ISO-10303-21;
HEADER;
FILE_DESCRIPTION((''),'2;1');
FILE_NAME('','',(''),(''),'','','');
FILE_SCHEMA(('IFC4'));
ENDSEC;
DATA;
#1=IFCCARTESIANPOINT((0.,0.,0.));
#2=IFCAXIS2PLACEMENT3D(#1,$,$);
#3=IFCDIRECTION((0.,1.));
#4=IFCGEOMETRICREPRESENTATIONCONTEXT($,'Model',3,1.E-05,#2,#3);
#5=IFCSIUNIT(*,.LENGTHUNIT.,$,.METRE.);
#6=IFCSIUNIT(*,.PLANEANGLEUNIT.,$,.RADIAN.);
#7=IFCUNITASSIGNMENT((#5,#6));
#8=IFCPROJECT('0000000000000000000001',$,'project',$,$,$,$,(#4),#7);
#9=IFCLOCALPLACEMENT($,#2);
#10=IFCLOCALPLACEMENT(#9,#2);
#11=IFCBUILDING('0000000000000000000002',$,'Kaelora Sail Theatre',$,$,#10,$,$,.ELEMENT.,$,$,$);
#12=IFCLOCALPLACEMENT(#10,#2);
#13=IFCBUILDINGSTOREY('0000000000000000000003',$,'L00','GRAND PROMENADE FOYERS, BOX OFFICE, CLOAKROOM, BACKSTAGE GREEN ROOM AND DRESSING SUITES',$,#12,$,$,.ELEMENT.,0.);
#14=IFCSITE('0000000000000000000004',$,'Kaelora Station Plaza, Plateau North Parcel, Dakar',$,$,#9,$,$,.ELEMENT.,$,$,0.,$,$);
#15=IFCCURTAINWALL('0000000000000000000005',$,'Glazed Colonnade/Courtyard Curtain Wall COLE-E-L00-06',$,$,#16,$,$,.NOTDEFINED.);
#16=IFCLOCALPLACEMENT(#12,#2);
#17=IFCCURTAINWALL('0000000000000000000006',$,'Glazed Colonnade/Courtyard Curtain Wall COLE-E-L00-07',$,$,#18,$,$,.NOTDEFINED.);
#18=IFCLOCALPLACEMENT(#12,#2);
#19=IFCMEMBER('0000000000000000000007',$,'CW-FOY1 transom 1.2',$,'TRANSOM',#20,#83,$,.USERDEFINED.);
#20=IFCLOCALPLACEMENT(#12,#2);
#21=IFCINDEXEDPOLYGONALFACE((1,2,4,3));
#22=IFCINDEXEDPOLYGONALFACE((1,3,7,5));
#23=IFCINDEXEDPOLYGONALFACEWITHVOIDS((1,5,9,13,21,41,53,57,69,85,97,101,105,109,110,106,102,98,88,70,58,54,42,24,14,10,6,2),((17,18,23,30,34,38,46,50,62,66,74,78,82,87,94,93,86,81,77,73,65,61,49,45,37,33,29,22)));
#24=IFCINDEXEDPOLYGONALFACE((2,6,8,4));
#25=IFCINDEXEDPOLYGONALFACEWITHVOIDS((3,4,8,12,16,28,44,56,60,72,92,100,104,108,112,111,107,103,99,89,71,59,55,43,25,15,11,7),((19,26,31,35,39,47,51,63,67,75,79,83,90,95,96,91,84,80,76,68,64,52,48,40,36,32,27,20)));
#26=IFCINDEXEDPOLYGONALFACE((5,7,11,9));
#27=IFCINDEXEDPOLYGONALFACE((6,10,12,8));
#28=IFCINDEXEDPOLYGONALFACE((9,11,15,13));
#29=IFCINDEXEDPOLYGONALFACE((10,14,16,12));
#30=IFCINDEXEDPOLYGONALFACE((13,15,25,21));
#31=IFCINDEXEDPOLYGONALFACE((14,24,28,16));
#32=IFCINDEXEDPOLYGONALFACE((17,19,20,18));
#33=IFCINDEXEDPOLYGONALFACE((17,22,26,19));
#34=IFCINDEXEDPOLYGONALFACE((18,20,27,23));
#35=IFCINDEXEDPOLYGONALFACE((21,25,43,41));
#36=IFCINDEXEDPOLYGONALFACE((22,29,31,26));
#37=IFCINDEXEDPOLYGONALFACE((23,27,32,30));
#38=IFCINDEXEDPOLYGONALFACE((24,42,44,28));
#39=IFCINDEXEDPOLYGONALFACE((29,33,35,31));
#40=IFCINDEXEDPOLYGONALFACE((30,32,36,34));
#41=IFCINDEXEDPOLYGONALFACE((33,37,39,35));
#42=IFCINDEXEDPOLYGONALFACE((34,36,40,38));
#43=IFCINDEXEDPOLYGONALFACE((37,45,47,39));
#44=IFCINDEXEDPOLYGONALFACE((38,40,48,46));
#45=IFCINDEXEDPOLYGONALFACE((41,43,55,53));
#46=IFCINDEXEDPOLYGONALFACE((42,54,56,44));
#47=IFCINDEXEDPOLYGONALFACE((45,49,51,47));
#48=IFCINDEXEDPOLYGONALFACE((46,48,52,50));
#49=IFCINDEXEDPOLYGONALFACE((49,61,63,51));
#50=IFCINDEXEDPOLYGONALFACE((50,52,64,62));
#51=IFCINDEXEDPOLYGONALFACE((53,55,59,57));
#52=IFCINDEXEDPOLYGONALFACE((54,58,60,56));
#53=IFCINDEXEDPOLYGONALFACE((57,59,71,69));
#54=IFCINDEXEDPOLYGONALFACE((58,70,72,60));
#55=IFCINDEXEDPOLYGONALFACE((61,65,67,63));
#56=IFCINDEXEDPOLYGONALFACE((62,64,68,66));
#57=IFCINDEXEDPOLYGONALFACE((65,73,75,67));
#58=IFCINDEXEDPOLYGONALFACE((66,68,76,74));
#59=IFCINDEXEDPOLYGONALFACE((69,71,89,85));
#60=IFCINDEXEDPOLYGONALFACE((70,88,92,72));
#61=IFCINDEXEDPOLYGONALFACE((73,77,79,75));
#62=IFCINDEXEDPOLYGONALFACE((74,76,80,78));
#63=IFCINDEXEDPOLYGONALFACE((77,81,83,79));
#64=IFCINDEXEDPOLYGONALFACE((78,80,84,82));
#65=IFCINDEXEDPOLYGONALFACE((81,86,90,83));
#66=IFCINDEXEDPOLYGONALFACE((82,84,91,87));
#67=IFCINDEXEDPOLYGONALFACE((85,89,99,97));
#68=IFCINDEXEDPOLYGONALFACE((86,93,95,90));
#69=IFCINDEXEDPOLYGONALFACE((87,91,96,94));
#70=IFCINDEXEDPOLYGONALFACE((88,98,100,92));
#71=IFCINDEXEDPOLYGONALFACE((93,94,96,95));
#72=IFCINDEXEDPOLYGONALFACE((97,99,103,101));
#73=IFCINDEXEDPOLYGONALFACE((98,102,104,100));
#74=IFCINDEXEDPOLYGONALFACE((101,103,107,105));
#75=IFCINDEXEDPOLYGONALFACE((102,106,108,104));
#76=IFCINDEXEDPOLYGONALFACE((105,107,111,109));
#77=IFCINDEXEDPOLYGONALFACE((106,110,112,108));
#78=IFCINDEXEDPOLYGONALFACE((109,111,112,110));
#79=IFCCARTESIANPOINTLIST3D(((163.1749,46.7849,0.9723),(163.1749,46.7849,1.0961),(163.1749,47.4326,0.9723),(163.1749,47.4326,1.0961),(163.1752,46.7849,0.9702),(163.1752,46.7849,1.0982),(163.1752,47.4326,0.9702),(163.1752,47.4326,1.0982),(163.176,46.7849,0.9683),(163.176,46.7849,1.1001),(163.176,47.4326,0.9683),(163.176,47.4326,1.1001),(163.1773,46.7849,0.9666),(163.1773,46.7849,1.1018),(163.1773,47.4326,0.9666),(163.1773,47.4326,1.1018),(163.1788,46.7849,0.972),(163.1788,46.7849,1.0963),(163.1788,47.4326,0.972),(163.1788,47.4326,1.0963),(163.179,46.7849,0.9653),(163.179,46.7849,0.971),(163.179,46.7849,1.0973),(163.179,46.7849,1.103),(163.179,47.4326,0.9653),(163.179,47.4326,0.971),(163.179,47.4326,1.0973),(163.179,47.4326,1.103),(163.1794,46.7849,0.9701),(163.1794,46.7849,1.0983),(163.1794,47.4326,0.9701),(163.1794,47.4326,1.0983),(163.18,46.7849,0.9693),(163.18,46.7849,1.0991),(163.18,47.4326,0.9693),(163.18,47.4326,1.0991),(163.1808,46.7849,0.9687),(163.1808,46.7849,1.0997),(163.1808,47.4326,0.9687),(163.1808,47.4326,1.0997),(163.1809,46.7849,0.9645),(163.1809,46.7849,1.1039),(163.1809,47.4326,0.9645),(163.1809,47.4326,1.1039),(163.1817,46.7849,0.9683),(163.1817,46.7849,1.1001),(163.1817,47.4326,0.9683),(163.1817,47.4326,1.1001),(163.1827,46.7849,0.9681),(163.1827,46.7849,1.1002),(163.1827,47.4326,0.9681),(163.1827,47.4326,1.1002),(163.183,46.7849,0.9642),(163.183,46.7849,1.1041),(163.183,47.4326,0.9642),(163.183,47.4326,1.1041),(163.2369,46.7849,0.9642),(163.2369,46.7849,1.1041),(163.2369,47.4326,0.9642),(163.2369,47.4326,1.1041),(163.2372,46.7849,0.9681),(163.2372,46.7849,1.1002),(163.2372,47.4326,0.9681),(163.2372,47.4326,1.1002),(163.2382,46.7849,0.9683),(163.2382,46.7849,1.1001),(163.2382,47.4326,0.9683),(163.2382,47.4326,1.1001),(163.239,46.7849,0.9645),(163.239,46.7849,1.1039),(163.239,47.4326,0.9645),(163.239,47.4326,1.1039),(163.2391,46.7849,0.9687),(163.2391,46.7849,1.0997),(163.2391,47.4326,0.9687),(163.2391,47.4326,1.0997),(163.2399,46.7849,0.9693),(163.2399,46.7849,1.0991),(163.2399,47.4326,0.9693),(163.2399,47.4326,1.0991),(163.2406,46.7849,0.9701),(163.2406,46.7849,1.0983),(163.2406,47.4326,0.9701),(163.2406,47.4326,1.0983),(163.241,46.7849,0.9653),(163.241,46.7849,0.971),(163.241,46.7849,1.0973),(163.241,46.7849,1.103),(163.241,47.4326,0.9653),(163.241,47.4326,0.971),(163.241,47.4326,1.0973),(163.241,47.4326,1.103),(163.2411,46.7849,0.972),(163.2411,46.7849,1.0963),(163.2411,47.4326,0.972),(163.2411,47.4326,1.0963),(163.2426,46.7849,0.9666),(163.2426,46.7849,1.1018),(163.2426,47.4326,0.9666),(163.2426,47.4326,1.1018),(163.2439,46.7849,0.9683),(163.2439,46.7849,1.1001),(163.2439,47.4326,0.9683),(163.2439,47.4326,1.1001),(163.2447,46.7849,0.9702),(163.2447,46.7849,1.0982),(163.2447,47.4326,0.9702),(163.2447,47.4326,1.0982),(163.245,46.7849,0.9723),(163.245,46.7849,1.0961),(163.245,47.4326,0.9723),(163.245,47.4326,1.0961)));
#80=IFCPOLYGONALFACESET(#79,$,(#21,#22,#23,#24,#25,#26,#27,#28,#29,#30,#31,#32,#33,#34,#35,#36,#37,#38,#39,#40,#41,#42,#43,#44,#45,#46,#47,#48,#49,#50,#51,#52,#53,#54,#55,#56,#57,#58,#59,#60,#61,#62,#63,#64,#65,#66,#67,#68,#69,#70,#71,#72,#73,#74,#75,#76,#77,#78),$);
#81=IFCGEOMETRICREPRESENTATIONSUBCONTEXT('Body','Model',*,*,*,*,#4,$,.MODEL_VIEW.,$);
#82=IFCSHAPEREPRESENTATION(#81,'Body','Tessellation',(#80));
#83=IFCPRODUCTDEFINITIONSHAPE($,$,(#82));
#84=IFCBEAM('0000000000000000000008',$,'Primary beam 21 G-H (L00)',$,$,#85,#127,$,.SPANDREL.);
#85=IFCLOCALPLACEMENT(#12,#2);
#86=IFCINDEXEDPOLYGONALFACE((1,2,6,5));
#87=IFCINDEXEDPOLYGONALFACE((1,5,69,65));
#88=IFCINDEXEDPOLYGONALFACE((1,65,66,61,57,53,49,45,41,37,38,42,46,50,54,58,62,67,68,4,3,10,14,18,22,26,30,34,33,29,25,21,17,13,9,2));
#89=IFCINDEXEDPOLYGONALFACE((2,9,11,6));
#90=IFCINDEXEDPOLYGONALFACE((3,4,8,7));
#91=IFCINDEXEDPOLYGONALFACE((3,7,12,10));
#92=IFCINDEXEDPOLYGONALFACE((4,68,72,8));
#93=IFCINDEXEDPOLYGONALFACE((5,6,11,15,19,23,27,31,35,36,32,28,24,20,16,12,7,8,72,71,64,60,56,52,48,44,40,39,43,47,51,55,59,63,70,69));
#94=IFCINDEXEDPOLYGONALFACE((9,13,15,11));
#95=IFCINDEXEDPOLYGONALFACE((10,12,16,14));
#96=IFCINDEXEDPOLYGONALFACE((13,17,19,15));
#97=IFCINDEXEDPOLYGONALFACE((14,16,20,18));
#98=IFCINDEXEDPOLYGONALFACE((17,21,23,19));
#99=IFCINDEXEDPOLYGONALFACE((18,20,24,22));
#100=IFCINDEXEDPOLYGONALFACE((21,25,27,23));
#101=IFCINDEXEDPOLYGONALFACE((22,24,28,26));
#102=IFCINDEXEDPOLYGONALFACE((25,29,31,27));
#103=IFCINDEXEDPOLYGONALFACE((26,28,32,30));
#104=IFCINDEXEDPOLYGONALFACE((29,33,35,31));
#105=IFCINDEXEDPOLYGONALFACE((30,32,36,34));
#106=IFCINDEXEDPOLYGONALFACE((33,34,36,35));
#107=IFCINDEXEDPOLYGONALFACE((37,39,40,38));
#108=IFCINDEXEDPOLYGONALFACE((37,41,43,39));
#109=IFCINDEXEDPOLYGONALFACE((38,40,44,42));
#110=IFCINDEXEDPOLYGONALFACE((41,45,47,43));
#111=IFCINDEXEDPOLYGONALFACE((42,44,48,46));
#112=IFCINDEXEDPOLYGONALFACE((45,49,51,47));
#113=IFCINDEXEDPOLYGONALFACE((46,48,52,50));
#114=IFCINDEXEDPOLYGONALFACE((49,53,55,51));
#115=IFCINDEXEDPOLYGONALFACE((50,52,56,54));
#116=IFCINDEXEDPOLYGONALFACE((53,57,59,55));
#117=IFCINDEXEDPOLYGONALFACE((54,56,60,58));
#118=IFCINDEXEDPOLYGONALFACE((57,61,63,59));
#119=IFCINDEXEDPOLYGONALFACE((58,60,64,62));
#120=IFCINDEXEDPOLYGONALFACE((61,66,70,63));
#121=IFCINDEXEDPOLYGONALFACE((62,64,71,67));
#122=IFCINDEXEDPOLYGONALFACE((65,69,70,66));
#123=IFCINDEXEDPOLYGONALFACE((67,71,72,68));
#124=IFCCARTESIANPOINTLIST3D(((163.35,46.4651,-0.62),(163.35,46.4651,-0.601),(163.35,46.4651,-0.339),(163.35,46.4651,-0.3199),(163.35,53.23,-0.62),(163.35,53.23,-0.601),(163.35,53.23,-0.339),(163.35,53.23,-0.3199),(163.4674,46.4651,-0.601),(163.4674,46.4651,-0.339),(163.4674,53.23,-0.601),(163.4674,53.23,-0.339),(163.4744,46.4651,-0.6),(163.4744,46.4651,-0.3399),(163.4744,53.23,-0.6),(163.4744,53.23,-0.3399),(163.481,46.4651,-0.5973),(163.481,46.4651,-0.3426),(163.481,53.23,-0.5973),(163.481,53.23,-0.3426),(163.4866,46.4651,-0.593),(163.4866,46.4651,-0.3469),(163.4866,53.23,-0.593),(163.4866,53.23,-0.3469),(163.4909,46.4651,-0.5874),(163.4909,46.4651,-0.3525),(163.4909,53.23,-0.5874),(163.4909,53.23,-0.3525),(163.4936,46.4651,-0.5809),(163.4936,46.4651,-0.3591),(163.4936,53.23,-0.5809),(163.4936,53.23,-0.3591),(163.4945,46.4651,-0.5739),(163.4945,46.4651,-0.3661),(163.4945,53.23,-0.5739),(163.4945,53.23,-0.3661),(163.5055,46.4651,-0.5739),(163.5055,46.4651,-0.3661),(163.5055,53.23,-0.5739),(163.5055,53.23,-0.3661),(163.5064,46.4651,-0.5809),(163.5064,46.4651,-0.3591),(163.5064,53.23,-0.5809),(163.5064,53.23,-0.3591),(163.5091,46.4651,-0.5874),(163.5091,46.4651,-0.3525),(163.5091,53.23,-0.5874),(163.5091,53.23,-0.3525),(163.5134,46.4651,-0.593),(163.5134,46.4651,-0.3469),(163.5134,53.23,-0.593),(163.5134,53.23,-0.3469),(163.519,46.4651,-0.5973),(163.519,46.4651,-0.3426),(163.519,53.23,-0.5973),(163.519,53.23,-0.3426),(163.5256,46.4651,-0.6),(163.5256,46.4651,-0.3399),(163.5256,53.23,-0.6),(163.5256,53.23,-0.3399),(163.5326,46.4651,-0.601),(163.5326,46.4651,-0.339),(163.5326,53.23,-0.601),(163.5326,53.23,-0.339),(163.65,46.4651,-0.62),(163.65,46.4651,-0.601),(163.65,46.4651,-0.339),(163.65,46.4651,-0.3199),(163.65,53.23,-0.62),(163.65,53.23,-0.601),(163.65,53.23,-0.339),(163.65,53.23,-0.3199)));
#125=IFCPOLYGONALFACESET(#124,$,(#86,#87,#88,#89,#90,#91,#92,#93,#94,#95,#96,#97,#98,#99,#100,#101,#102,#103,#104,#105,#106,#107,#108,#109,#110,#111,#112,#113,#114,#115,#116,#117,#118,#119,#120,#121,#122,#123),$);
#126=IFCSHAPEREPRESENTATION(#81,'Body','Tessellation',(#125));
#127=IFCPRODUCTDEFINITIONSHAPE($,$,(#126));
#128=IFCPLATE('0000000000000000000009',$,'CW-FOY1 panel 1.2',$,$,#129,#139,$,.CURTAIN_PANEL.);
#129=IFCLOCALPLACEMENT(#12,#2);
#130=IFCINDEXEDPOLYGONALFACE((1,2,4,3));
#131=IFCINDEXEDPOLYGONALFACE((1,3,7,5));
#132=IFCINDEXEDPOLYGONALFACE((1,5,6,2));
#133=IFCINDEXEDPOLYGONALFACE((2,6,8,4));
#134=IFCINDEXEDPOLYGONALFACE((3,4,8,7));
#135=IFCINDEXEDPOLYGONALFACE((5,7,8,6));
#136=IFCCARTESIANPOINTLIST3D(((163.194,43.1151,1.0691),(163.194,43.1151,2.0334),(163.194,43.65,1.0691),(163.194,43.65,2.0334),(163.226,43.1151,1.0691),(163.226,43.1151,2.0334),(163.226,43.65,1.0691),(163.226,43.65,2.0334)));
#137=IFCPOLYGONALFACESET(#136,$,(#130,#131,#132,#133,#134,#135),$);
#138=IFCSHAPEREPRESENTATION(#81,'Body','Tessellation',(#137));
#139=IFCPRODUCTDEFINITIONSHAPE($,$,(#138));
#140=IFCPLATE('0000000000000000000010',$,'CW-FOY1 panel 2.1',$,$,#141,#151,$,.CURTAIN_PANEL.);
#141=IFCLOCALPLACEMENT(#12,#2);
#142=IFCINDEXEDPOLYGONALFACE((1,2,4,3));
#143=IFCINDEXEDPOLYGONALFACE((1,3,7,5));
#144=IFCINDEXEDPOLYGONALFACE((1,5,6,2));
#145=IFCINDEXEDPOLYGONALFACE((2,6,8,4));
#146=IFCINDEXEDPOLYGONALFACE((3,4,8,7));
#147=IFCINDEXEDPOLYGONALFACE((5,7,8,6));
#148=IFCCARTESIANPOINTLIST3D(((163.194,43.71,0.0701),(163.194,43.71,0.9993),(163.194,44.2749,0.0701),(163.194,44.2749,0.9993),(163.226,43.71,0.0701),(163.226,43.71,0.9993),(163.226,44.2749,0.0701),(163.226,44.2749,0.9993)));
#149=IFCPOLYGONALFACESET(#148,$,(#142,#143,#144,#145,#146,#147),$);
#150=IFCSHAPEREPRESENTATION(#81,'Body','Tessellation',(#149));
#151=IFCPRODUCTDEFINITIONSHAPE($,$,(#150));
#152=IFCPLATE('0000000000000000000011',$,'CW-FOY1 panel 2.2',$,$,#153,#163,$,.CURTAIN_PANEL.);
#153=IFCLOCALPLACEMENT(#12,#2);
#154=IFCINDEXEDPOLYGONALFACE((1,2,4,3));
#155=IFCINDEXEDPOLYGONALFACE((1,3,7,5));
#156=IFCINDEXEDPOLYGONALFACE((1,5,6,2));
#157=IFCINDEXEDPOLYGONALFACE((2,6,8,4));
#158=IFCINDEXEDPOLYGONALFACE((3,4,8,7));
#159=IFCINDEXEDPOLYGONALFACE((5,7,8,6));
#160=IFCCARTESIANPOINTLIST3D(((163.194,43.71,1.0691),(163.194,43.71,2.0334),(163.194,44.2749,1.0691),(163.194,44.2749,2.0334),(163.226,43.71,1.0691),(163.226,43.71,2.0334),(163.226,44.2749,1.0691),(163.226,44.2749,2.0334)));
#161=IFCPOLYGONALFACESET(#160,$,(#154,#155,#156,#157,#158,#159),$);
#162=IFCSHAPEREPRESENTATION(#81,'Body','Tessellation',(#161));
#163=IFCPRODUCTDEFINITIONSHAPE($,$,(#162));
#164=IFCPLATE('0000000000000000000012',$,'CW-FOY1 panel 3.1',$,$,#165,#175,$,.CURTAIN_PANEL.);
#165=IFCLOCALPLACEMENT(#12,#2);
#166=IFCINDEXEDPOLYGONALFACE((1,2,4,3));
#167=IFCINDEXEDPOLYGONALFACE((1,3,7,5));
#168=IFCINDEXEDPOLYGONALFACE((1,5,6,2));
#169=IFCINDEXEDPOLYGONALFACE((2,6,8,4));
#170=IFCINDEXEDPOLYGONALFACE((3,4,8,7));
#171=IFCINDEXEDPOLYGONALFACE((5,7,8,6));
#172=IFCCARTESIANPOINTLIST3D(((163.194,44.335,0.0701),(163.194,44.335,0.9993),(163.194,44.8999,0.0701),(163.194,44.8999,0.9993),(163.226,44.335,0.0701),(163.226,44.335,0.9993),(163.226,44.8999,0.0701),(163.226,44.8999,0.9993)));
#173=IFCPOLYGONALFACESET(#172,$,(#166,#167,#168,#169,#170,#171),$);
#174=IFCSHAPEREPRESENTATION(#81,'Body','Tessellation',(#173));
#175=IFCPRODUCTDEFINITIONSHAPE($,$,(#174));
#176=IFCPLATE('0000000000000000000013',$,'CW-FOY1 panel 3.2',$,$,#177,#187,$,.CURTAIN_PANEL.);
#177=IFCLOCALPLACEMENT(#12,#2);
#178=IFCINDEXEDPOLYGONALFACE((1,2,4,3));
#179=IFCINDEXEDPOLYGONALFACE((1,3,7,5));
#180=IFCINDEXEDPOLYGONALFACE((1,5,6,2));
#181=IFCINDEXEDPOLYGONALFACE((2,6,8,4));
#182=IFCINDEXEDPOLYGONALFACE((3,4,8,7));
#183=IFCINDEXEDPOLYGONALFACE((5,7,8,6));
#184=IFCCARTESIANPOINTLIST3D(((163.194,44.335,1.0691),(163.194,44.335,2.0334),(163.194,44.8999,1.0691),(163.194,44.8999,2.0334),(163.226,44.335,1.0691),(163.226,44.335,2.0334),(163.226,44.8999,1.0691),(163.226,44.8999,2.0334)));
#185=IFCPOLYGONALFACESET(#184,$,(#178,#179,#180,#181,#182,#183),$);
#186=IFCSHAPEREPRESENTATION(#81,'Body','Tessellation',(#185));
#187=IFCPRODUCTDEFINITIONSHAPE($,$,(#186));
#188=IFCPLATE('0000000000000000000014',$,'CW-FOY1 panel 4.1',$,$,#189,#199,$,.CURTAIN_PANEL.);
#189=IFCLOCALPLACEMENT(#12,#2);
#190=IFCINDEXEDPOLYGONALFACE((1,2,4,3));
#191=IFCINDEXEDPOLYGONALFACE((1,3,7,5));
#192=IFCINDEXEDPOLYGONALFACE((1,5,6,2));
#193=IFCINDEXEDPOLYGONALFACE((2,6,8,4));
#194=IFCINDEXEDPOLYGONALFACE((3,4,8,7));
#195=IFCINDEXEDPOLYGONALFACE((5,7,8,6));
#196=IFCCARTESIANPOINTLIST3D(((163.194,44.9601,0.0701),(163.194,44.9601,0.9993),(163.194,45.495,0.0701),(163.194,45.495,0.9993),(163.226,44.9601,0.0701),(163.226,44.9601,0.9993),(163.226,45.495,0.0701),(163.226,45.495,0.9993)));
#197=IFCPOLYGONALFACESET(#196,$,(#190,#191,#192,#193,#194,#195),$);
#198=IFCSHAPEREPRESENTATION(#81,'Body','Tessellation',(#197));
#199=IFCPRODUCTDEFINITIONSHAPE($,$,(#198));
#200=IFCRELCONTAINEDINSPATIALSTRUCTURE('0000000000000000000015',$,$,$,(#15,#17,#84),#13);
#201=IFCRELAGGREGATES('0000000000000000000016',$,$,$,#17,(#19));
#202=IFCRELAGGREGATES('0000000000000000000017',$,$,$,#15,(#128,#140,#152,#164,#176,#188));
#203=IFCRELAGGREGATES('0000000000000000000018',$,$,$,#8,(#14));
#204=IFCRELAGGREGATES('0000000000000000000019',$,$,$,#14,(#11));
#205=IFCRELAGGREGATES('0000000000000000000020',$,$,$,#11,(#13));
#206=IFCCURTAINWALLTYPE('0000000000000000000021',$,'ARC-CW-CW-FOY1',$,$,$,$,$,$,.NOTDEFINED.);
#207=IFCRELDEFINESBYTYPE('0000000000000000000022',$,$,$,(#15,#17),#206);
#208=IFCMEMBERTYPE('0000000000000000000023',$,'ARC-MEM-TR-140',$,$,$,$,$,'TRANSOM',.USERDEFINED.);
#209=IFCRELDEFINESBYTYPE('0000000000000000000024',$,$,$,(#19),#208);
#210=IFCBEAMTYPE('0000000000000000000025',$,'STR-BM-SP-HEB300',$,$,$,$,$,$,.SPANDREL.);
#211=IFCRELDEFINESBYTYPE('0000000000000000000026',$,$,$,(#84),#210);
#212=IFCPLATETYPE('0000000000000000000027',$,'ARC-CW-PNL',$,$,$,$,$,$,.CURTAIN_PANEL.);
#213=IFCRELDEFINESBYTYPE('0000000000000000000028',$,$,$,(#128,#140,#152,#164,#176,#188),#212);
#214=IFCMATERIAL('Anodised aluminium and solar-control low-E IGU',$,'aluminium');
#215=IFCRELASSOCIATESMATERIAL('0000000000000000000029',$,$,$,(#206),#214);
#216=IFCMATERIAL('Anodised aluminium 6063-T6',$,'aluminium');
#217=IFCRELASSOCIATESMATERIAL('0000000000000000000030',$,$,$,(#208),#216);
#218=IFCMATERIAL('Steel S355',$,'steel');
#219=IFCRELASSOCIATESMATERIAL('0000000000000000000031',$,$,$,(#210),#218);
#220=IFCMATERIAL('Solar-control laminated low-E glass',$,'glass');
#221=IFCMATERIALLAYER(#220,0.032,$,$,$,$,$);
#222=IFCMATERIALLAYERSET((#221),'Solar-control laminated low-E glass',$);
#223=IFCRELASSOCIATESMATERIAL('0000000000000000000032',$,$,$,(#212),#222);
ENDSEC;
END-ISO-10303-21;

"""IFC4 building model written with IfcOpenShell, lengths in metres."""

from ifc_helpers import new_model, si_unit, direction, frame, origin, origin_2d, place, context, subcontext, project, spatial, rectangle, hollow_rectangle, i_section, extrude, material, layer, layer_set, material_profile, profile_set, type_object, element, aggregate, save


model = new_model("IFC4")

# Units and contexts
model_context = context("Model", 3, precision=1e-05, world=origin(), true_north=direction((0.0, 1.0)))
body_context = subcontext(model_context, "Body", "Model", "MODEL_VIEW")
ifc_project = project(units=[si_unit("LENGTHUNIT", "METRE"), si_unit("PLANEANGLEUNIT", "RADIAN")], contexts=[model_context])

# Site, building, storey
site_placement = place(None, origin())
site = spatial("IfcSite", under=ifc_project, at=site_placement, Name="Kaelora Station Plaza, Plateau North Parcel, Dakar", CompositionType="ELEMENT", RefElevation=0.0)
building_placement = place(site_placement, origin())
building = spatial("IfcBuilding", under=site, at=building_placement, Name="Kaelora Sail Theatre", CompositionType="ELEMENT")
storey_placement = place(building_placement, origin())
storey = spatial("IfcBuildingStorey", under=building, at=storey_placement, Name="L00", Description="GRAND PROMENADE FOYERS, BOX OFFICE, CLOAKROOM, BACKSTAGE GREEN ROOM AND DRESSING SUITES", CompositionType="ELEMENT", Elevation=0.0)

# Curtain wall
ifc_material_1 = material(Name="Anodised aluminium and solar-control low-E IGU", Category="aluminium")
curtain_wall_type = type_object("IfcCurtainWallType", Name="ARC-CW-CW-FOY1", PredefinedType="NOTDEFINED", material=ifc_material_1)
curtain_wall_1_placement = place(storey_placement, origin())
curtain_wall_1 = element("IfcCurtainWall", 1, at=curtain_wall_1_placement, inside=storey, type_object=curtain_wall_type, Name="Glazed Colonnade/Courtyard Curtain Wall COLE-E-L00-06", PredefinedType="NOTDEFINED")

# Curtain wall
curtain_wall_2_placement = place(storey_placement, origin())
curtain_wall_2 = element("IfcCurtainWall", 2, at=curtain_wall_2_placement, inside=storey, type_object=curtain_wall_type, Name="Glazed Colonnade/Courtyard Curtain Wall COLE-E-L00-07", PredefinedType="NOTDEFINED")

# Member
ifc_material_2 = material(Name="Anodised aluminium 6063-T6", Category="aluminium")
ifc_material_profile_1 = material_profile(ifc_material_2, hollow_rectangle(XDim=0.0701, YDim=0.1399, WallThickness=0.0039, InnerFilletRadius=0.0039, OuterFilletRadius=0.0081, at=origin_2d()), Name="ALU-TRAN 70x140x4")
ifc_profile_set_1 = profile_set([ifc_material_profile_1], Name="Anodised aluminium 6063-T6")
member_type_1 = type_object("IfcMemberType", Name="ARC-MEM-TR-140", ElementType="TRANSOM", PredefinedType="USERDEFINED", material=ifc_profile_set_1)
member_1_placement = place(storey_placement, frame((163.21, 46.7849, 1.0342), z_axis=(0.0, 1.0, 0.0), x_axis=(-1.0, 0.0, 0.0)))
member_1 = element("IfcMember", 3, at=member_1_placement, type_object=member_type_1, Name="CW-FOY1 transom 1.2", ObjectType="TRANSOM", PredefinedType="USERDEFINED", context=body_context, shape_type="SweptSolid", body=[
    extrude(hollow_rectangle(XDim=0.0701, YDim=0.1399, WallThickness=0.0039, InnerFilletRadius=0.0039, OuterFilletRadius=0.0081, at=origin_2d()), origin(), (0.0, 0.0, 1.0), 0.6477),
])
aggregate(curtain_wall_2, [member_1])

# Beam
ifc_material_3 = material(Name="Steel S355", Category="steel")
ifc_material_profile_2 = material_profile(ifc_material_3, i_section(OverallWidth=0.3, OverallDepth=0.3, WebThickness=0.011, FlangeThickness=0.019, FilletRadius=0.0271, at=origin_2d()), Name="HEB 300")
ifc_profile_set_2 = profile_set([ifc_material_profile_2], Name="Steel S355")
beam_type = type_object("IfcBeamType", Name="STR-BM-SP-HEB300", PredefinedType="SPANDREL", material=ifc_profile_set_2)
beam_placement = place(storey_placement, frame((163.5, 46.4651, -0.47), z_axis=(0.0, 1.0, 0.0), x_axis=(-1.0, 0.0, 0.0)))
element("IfcBeam", 4, at=beam_placement, inside=storey, type_object=beam_type, Name="Primary beam 21 G-H (L00)", PredefinedType="SPANDREL", context=body_context, shape_type="SweptSolid", body=[
    extrude(i_section(OverallWidth=0.3, OverallDepth=0.3, WebThickness=0.011, FlangeThickness=0.019, FilletRadius=0.0271, at=origin_2d()), origin(), (0.0, 0.0, 1.0), 6.7649),
])

# Plates
ifc_material_4 = material(Name="Solar-control laminated low-E glass", Category="glass")
ifc_layer = layer(ifc_material_4, 0.032)
ifc_layer_set = layer_set([ifc_layer], Name="Solar-control laminated low-E glass")
plate_type = type_object("IfcPlateType", Name="ARC-CW-PNL", PredefinedType="CURTAIN_PANEL", material=ifc_layer_set)
plate_1_placement = place(storey_placement, frame((163.21, 43.3826, 1.0691), z_axis=(0.0, 0.0, 1.0), x_axis=(0.0, 1.0, 0.0)))
plate_1 = element("IfcPlate", 5, at=plate_1_placement, type_object=plate_type, Name="CW-FOY1 panel 1.2", PredefinedType="CURTAIN_PANEL", context=body_context, shape_type="SweptSolid", body=[
    extrude(rectangle(XDim=0.5349, YDim=0.032, at=origin_2d()), origin(), (0.0, 0.0, 1.0), 0.9644),
])
plate_2_placement = place(storey_placement, frame((163.21, 43.9924, 0.0701), z_axis=(0.0, 0.0, 1.0), x_axis=(0.0, 1.0, 0.0)))
plate_2 = element("IfcPlate", 6, at=plate_2_placement, type_object=plate_type, Name="CW-FOY1 panel 2.1", PredefinedType="CURTAIN_PANEL", context=body_context, shape_type="SweptSolid", body=[
    extrude(rectangle(XDim=0.5649, YDim=0.032, at=origin_2d()), origin(), (0.0, 0.0, 1.0), 0.9292),
])
plate_3_placement = place(storey_placement, frame((163.21, 43.9924, 1.0691), z_axis=(0.0, 0.0, 1.0), x_axis=(0.0, 1.0, 0.0)))
plate_3 = element("IfcPlate", 7, at=plate_3_placement, type_object=plate_type, Name="CW-FOY1 panel 2.2", PredefinedType="CURTAIN_PANEL", context=body_context, shape_type="SweptSolid", body=[
    extrude(rectangle(XDim=0.5649, YDim=0.032, at=origin_2d()), origin(), (0.0, 0.0, 1.0), 0.9644),
])
plate_4_placement = place(storey_placement, frame((163.21, 44.6174, 0.0701), z_axis=(0.0, 0.0, 1.0), x_axis=(0.0, 1.0, 0.0)))
plate_4 = element("IfcPlate", 8, at=plate_4_placement, type_object=plate_type, Name="CW-FOY1 panel 3.1", PredefinedType="CURTAIN_PANEL", context=body_context, shape_type="SweptSolid", body=[
    extrude(rectangle(XDim=0.5649, YDim=0.032, at=origin_2d()), origin(), (0.0, 0.0, 1.0), 0.9292),
])
plate_5_placement = place(storey_placement, frame((163.21, 44.6174, 1.0691), z_axis=(0.0, 0.0, 1.0), x_axis=(0.0, 1.0, 0.0)))
plate_5 = element("IfcPlate", 9, at=plate_5_placement, type_object=plate_type, Name="CW-FOY1 panel 3.2", PredefinedType="CURTAIN_PANEL", context=body_context, shape_type="SweptSolid", body=[
    extrude(rectangle(XDim=0.5649, YDim=0.032, at=origin_2d()), origin(), (0.0, 0.0, 1.0), 0.9644),
])
plate_6_placement = place(storey_placement, frame((163.21, 45.2275, 0.0701), z_axis=(0.0, 0.0, 1.0), x_axis=(0.0, 1.0, 0.0)))
plate_6 = element("IfcPlate", 10, at=plate_6_placement, type_object=plate_type, Name="CW-FOY1 panel 4.1", PredefinedType="CURTAIN_PANEL", context=body_context, shape_type="SweptSolid", body=[
    extrude(rectangle(XDim=0.5349, YDim=0.032, at=origin_2d()), origin(), (0.0, 0.0, 1.0), 0.9292),
])
aggregate(curtain_wall_1, [plate_1, plate_2, plate_3, plate_4, plate_5, plate_6])

save(model, "model.ifc")
